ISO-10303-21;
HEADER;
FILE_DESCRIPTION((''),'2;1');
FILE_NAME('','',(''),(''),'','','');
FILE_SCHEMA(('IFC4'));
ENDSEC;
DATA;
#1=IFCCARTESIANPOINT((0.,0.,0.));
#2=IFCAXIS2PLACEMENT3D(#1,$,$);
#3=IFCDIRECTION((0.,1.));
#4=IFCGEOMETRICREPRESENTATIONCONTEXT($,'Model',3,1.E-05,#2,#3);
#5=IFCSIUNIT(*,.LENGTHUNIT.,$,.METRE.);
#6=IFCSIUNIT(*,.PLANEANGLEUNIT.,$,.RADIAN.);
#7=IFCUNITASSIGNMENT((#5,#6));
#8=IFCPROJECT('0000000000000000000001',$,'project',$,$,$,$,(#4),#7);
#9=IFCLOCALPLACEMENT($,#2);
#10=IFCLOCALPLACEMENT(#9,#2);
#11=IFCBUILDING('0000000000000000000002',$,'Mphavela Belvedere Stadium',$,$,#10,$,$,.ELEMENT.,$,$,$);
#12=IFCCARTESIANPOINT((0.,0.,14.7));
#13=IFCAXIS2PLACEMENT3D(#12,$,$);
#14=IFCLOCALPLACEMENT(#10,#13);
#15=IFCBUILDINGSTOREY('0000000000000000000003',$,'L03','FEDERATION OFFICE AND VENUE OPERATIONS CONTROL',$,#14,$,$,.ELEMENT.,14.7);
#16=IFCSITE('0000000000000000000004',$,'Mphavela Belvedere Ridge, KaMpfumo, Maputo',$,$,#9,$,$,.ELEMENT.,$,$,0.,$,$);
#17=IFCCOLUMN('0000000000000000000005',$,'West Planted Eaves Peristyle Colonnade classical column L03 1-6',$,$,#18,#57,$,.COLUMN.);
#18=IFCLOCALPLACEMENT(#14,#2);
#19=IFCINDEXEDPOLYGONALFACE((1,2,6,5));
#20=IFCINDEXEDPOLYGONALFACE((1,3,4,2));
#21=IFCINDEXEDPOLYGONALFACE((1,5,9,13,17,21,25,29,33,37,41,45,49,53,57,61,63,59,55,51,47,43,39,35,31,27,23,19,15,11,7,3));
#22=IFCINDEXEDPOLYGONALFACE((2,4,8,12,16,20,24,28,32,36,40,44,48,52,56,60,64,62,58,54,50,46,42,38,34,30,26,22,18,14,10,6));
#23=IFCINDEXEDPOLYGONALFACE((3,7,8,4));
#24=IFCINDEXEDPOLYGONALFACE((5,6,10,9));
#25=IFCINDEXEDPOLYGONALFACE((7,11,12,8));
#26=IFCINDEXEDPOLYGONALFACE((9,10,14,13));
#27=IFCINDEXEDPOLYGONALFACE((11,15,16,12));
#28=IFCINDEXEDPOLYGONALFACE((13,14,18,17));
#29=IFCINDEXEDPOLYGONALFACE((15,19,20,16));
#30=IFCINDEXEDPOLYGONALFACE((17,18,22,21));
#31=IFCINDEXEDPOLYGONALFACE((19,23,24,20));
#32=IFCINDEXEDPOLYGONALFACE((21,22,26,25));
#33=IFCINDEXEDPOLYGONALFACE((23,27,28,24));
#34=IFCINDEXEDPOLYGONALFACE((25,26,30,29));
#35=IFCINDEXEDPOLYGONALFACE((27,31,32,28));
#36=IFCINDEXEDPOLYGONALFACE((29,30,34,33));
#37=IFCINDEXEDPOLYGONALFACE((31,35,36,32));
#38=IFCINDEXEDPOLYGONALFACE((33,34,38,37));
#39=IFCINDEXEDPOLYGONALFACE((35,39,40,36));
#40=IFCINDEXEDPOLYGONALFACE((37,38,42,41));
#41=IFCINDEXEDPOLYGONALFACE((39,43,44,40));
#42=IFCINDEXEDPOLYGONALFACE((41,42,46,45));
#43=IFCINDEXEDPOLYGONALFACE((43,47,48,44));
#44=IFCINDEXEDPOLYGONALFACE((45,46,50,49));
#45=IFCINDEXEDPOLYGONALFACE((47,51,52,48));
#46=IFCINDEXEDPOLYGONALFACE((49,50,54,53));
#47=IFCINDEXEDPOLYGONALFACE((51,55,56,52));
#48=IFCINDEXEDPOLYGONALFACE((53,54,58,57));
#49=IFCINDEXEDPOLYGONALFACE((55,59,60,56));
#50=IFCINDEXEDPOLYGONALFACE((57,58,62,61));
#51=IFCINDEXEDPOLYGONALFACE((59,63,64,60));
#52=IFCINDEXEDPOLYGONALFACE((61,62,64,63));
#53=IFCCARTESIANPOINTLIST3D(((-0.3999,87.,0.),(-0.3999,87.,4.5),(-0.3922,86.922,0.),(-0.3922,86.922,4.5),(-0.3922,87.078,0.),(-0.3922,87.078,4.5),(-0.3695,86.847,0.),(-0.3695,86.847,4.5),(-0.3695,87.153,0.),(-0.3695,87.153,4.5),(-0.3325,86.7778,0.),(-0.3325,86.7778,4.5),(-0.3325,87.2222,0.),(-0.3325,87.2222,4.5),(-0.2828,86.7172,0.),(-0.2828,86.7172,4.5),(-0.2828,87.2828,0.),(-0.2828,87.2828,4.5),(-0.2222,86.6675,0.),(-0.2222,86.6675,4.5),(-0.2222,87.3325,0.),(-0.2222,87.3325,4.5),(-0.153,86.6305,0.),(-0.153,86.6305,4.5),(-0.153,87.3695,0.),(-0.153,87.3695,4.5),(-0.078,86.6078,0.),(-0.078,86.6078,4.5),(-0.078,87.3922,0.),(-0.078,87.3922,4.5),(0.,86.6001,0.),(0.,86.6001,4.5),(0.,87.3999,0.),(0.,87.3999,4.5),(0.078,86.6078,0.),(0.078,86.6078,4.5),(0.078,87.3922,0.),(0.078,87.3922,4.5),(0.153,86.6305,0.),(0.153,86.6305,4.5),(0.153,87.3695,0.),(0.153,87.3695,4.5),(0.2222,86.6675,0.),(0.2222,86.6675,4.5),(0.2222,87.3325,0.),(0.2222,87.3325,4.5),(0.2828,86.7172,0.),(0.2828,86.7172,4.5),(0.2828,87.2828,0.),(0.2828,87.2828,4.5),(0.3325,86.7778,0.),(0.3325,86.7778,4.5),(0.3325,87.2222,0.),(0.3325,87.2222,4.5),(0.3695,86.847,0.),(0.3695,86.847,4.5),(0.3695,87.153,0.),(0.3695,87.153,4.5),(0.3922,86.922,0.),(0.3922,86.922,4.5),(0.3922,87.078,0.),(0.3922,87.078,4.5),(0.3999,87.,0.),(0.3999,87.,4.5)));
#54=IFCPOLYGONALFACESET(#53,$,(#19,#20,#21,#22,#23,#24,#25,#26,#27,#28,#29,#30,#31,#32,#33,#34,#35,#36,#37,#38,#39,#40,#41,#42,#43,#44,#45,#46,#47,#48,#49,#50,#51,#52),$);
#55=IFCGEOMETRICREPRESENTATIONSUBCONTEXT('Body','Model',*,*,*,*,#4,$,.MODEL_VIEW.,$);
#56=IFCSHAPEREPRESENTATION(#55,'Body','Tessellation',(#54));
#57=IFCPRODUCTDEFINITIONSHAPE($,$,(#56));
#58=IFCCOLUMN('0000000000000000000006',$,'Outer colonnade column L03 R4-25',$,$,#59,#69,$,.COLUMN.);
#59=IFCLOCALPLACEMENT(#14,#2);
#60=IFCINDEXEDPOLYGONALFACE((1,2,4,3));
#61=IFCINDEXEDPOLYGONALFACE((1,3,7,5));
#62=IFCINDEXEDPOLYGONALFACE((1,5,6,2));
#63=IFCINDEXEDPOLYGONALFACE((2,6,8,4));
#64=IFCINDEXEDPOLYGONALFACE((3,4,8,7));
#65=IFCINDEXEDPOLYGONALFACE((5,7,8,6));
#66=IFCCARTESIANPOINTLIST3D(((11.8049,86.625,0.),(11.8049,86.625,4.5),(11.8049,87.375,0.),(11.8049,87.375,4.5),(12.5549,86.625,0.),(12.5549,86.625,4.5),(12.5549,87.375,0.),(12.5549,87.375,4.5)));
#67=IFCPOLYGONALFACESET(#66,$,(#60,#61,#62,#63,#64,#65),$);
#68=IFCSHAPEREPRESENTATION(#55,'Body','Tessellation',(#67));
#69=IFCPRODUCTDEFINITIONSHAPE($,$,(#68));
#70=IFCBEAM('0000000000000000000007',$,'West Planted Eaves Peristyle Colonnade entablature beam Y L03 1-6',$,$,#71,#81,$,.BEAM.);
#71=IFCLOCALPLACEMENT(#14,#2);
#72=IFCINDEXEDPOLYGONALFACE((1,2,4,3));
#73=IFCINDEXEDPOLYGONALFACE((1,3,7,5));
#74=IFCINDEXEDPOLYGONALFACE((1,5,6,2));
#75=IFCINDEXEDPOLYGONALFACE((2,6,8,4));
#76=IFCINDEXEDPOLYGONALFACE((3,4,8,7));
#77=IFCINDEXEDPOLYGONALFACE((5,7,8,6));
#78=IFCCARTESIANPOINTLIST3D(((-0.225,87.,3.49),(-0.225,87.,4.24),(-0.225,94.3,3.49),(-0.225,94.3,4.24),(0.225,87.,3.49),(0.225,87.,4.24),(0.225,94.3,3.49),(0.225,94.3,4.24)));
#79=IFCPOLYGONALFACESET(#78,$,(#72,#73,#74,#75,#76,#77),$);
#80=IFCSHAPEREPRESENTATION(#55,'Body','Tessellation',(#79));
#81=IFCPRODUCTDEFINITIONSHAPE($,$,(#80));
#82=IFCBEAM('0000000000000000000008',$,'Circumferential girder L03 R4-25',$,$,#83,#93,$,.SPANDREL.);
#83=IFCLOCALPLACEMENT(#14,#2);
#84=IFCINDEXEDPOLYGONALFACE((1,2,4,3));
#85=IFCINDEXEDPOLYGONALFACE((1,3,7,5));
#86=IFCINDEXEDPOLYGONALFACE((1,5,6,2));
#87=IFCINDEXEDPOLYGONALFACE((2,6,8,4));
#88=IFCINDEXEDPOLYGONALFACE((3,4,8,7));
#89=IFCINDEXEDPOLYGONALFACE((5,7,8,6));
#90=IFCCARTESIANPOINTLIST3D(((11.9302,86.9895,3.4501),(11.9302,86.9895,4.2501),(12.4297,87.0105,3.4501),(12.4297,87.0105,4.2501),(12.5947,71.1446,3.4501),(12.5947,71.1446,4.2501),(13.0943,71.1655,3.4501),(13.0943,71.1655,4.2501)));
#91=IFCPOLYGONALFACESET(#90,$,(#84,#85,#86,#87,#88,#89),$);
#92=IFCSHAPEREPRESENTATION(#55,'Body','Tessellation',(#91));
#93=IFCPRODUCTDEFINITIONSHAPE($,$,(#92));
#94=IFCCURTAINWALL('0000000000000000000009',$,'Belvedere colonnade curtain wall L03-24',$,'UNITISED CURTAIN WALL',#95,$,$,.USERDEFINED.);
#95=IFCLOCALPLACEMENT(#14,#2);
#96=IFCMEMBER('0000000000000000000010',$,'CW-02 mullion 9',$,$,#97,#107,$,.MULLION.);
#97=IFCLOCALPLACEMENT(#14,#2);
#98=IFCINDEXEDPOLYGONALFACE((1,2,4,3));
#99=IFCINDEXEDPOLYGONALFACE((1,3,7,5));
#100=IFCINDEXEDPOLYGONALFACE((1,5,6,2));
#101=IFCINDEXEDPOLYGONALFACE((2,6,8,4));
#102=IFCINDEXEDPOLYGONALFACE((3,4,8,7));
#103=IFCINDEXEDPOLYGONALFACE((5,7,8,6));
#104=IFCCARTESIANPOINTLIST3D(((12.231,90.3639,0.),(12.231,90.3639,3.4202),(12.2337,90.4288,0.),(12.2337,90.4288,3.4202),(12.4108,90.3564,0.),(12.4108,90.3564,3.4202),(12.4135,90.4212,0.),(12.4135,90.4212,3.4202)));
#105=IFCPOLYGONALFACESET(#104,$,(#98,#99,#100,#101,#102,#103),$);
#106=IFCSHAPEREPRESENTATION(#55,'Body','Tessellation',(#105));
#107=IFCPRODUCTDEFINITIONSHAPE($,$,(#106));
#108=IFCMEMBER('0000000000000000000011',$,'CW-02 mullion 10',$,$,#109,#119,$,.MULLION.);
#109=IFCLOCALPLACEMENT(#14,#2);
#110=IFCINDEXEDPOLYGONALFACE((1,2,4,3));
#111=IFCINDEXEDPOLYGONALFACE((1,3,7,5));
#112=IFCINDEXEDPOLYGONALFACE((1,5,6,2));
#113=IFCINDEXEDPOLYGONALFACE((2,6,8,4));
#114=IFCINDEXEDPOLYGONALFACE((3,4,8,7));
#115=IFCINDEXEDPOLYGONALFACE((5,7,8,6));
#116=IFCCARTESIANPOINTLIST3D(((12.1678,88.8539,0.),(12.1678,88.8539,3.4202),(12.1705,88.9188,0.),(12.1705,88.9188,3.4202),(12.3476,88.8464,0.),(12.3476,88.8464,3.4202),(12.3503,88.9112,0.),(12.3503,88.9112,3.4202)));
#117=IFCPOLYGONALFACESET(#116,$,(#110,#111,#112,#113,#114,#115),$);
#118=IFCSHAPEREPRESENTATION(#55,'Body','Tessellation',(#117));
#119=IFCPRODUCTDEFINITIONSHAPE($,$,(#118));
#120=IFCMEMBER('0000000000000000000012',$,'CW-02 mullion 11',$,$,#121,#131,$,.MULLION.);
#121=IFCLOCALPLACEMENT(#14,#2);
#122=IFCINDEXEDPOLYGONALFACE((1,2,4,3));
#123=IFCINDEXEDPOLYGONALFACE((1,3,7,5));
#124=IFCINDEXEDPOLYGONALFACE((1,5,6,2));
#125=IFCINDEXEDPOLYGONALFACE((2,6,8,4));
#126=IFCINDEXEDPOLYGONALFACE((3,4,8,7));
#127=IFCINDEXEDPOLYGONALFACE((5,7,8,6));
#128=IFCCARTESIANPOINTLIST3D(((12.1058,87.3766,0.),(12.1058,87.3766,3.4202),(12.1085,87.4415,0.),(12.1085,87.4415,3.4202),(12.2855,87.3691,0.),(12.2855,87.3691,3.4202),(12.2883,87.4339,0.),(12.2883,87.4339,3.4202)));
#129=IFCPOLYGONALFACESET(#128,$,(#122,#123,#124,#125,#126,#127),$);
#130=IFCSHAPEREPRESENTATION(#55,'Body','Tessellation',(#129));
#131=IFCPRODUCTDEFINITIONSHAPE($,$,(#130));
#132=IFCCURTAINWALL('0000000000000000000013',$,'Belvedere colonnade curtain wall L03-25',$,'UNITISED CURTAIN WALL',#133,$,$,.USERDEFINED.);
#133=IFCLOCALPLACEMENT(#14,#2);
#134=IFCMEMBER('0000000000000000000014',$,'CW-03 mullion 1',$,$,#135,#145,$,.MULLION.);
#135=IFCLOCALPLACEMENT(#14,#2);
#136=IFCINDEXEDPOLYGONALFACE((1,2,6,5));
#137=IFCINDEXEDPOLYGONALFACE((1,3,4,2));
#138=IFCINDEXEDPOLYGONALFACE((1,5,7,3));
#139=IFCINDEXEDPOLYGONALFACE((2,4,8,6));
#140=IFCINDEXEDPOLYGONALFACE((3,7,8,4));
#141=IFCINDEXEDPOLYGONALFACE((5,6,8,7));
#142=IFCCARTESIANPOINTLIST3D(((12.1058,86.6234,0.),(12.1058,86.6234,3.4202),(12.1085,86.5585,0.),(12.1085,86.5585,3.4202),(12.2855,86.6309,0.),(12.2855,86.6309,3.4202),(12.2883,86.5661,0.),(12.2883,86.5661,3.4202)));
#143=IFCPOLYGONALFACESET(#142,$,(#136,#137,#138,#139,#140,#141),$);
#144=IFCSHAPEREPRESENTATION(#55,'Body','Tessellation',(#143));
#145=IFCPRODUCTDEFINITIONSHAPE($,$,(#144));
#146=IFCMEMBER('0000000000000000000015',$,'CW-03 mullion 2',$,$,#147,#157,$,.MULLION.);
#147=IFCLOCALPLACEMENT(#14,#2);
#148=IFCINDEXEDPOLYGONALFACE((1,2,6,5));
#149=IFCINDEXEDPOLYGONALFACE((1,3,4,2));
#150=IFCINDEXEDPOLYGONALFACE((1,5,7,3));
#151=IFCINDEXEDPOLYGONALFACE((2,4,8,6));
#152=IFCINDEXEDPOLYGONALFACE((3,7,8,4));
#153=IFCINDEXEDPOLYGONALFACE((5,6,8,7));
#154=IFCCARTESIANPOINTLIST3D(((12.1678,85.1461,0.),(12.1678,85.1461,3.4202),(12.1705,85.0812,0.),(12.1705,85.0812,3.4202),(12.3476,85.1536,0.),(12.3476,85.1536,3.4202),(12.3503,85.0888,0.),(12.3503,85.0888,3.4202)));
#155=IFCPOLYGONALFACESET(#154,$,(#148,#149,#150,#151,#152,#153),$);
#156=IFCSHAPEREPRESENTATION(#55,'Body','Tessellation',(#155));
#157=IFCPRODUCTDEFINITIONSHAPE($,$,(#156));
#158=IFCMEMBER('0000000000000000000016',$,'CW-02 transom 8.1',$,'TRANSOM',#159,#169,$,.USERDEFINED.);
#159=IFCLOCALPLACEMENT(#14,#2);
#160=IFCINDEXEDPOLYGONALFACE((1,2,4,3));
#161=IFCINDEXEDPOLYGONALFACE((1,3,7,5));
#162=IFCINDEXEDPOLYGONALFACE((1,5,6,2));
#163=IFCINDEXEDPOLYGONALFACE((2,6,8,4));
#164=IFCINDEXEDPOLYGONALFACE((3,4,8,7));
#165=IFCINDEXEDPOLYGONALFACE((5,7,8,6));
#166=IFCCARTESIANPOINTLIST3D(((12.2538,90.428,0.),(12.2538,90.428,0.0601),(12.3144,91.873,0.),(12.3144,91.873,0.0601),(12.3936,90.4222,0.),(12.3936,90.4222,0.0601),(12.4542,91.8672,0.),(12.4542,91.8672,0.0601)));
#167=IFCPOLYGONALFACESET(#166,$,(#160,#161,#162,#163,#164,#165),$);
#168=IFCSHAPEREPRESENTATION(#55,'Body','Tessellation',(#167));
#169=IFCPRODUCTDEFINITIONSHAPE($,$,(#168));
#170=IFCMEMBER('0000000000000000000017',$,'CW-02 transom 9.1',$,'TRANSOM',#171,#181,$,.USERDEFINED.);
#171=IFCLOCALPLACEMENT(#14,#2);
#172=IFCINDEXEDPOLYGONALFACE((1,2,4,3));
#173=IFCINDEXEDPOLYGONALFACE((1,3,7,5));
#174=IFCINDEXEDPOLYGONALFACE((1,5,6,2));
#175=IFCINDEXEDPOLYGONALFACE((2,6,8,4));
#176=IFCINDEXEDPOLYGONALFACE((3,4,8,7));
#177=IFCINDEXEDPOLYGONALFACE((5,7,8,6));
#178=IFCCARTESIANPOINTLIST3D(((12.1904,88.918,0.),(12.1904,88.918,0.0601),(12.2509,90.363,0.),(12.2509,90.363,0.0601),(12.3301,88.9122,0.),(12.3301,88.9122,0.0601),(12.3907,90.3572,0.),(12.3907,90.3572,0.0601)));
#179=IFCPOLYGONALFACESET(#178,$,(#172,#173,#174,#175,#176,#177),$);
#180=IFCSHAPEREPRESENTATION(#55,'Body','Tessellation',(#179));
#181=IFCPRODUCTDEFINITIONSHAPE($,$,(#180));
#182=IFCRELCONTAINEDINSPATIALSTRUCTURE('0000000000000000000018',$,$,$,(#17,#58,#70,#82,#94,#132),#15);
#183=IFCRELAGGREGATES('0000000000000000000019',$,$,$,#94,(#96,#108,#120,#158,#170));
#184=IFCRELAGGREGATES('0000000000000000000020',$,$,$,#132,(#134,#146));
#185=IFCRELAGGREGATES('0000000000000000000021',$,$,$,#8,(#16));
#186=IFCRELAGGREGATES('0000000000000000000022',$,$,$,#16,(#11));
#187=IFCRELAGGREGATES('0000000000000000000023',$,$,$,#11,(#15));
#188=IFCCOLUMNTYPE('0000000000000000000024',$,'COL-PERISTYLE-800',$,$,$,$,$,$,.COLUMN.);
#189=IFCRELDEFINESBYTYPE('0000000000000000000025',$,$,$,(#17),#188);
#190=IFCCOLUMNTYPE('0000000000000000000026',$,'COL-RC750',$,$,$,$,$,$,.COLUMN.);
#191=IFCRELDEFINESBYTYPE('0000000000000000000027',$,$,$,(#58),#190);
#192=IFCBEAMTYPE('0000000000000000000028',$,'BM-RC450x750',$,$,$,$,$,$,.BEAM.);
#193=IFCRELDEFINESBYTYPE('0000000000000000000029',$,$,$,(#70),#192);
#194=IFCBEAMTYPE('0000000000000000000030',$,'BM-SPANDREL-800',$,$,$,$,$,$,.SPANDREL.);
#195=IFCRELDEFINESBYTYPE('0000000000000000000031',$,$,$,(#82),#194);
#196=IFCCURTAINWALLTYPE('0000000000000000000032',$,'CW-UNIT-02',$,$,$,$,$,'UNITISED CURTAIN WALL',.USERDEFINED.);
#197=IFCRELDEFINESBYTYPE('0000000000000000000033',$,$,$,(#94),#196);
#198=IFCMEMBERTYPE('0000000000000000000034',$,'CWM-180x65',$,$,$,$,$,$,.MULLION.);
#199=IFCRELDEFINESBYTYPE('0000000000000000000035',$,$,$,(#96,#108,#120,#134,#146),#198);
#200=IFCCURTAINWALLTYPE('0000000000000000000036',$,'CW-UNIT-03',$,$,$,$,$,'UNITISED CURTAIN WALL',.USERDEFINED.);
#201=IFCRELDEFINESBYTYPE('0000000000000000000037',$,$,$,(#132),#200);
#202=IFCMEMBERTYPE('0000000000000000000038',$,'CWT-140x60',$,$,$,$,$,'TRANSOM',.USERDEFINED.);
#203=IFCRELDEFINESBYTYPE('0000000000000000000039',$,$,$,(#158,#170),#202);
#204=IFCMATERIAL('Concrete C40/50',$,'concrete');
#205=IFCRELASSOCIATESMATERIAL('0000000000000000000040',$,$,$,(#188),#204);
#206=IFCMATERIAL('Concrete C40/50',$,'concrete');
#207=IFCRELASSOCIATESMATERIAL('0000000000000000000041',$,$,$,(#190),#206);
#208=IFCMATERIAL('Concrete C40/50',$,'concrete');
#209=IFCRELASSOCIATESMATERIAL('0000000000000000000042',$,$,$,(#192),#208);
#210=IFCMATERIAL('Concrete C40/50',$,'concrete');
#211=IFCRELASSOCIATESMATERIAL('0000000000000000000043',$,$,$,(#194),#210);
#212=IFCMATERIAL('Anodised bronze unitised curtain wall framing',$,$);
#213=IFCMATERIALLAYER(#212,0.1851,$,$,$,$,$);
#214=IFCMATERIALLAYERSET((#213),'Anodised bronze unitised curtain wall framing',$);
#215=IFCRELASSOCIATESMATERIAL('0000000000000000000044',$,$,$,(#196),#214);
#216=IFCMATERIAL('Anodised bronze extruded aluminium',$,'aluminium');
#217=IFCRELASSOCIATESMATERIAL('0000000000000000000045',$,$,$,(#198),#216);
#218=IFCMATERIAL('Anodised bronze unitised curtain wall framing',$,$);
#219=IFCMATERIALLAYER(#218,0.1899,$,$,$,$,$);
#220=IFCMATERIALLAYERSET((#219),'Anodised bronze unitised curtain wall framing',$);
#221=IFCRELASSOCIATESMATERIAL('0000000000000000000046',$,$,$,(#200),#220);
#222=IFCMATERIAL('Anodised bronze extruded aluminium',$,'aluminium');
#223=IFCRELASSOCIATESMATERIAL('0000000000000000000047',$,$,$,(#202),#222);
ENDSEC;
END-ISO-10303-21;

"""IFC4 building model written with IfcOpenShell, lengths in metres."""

from ifc_helpers import new_model, si_unit, direction, frame, origin, origin_2d, place, context, subcontext, project, spatial, rectangle, circle, extrude, material, layer, layer_set, material_profile, profile_set, type_object, element, aggregate, save


model = new_model("IFC4")

# Units and contexts
model_context = context("Model", 3, precision=1e-05, world=origin(), true_north=direction((0.0, 1.0)))
body_context = subcontext(model_context, "Body", "Model", "MODEL_VIEW")
ifc_project = project(units=[si_unit("LENGTHUNIT", "METRE"), si_unit("PLANEANGLEUNIT", "RADIAN")], contexts=[model_context])

# Site, building, storey
site_placement = place(None, origin())
site = spatial("IfcSite", under=ifc_project, at=site_placement, Name="Mphavela Belvedere Ridge, KaMpfumo, Maputo", CompositionType="ELEMENT", RefElevation=0.0)
building_placement = place(site_placement, origin())
building = spatial("IfcBuilding", under=site, at=building_placement, Name="Mphavela Belvedere Stadium", CompositionType="ELEMENT")
storey_placement = place(building_placement, frame((0.0, 0.0, 14.7)))
storey = spatial("IfcBuildingStorey", under=building, at=storey_placement, Name="L03", Description="FEDERATION OFFICE AND VENUE OPERATIONS CONTROL", CompositionType="ELEMENT", Elevation=14.7)

# Columns
ifc_material_1 = material(Name="Concrete C40/50", Category="concrete")
ifc_material_profile_1 = material_profile(ifc_material_1, circle(Radius=0.3999, at=origin_2d()), Name="COL D800")
ifc_profile_set_1 = profile_set([ifc_material_profile_1], Name="Concrete C40/50")
column_type_1 = type_object("IfcColumnType", Name="COL-PERISTYLE-800", PredefinedType="COLUMN", material=ifc_profile_set_1)
column_1_placement = place(storey_placement, frame((0.0, 87.0, 0.0), z_axis=(0.0, 0.0, 1.0), x_axis=(1.0, 0.0, 0.0)))
element("IfcColumn", 1, at=column_1_placement, inside=storey, type_object=column_type_1, Name="West Planted Eaves Peristyle Colonnade classical column L03 1-6", PredefinedType="COLUMN", context=body_context, shape_type="SweptSolid", body=[
    extrude(circle(Radius=0.3999, at=origin_2d()), origin(), (0.0, 0.0, 1.0), 4.5),
])
ifc_material_2 = material(Name="Concrete C40/50", Category="concrete")
ifc_material_profile_2 = material_profile(ifc_material_2, rectangle(XDim=0.75, YDim=0.75, at=origin_2d()), Name="RC 750x750")
ifc_profile_set_2 = profile_set([ifc_material_profile_2], Name="Concrete C40/50")
column_type_2 = type_object("IfcColumnType", Name="COL-RC750", PredefinedType="COLUMN", material=ifc_profile_set_2)
column_2_placement = place(storey_placement, frame((12.1799, 87.0, 0.0), z_axis=(0.0, 0.0, 1.0), x_axis=(-1.0, 0.0, 0.0)))
element("IfcColumn", 2, at=column_2_placement, inside=storey, type_object=column_type_2, Name="Outer colonnade column L03 R4-25", PredefinedType="COLUMN", context=body_context, shape_type="SweptSolid", body=[
    extrude(rectangle(XDim=0.75, YDim=0.75, at=origin_2d()), origin(), (0.0, 0.0, 1.0), 4.5),
])

# Beams
ifc_material_3 = material(Name="Concrete C40/50", Category="concrete")
ifc_material_profile_3 = material_profile(ifc_material_3, rectangle(XDim=0.45, YDim=0.75, at=origin_2d()), Name="RC 450x750")
ifc_profile_set_3 = profile_set([ifc_material_profile_3], Name="Concrete C40/50")
beam_type_1 = type_object("IfcBeamType", Name="BM-RC450x750", PredefinedType="BEAM", material=ifc_profile_set_3)
beam_1_placement = place(storey_placement, frame((0.0, 87.0, 3.865), z_axis=(0.0, 1.0, 0.0), x_axis=(-1.0, 0.0, 0.0)))
element("IfcBeam", 3, at=beam_1_placement, inside=storey, type_object=beam_type_1, Name="West Planted Eaves Peristyle Colonnade entablature beam Y L03 1-6", PredefinedType="BEAM", context=body_context, shape_type="SweptSolid", body=[
    extrude(rectangle(XDim=0.45, YDim=0.75, at=origin_2d()), origin(), (0.0, 0.0, 1.0), 7.3),
])
ifc_material_4 = material(Name="Concrete C40/50", Category="concrete")
ifc_material_profile_4 = material_profile(ifc_material_4, rectangle(XDim=0.5, YDim=0.8, at=origin_2d()), Name="RC 500x800")
ifc_profile_set_4 = profile_set([ifc_material_profile_4], Name="Concrete C40/50")
beam_type_2 = type_object("IfcBeamType", Name="BM-SPANDREL-800", PredefinedType="SPANDREL", material=ifc_profile_set_4)
beam_2_placement = place(storey_placement, frame((12.1799, 87.0, 3.8501), z_axis=(0.041904, -0.999122, 0.0), x_axis=(0.999122, 0.041904, 0.0)))
element("IfcBeam", 4, at=beam_2_placement, inside=storey, type_object=beam_type_2, Name="Circumferential girder L03 R4-25", PredefinedType="SPANDREL", context=body_context, shape_type="SweptSolid", body=[
    extrude(rectangle(XDim=0.5, YDim=0.8, at=origin_2d()), origin(), (0.0, 0.0, 1.0), 15.8589),
])

# Curtain walls, members
ifc_material_5 = material(Name="Anodised bronze unitised curtain wall framing")
ifc_layer_1 = layer(ifc_material_5, 0.1851)
ifc_layer_set_1 = layer_set([ifc_layer_1], Name="Anodised bronze unitised curtain wall framing")
curtain_wall_type_1 = type_object("IfcCurtainWallType", Name="CW-UNIT-02", ElementType="UNITISED CURTAIN WALL", PredefinedType="USERDEFINED", material=ifc_layer_set_1)
curtain_wall_1_placement = place(storey_placement, origin())
curtain_wall_1 = element("IfcCurtainWall", 5, at=curtain_wall_1_placement, inside=storey, type_object=curtain_wall_type_1, Name="Belvedere colonnade curtain wall L03-24", ObjectType="UNITISED CURTAIN WALL", PredefinedType="USERDEFINED")
ifc_material_6 = material(Name="Anodised bronze extruded aluminium", Category="aluminium")
ifc_material_profile_5 = material_profile(ifc_material_6, rectangle(XDim=0.1799, YDim=0.0649, at=origin_2d()), Name="CW-MUL 180x65")
ifc_profile_set_5 = profile_set([ifc_material_profile_5], Name="Anodised bronze extruded aluminium")
member_type_1 = type_object("IfcMemberType", Name="CWM-180x65", PredefinedType="MULLION", material=ifc_profile_set_5)
member_1_placement = place(storey_placement, frame((12.3223, 90.3926, 0.0), z_axis=(0.0, 0.0, 1.0), x_axis=(0.999121, -0.041911, 0.0)))
member_1 = element("IfcMember", 6, at=member_1_placement, type_object=member_type_1, Name="CW-02 mullion 9", PredefinedType="MULLION", context=body_context, shape_type="SweptSolid", body=[
    extrude(rectangle(XDim=0.1799, YDim=0.0649, at=origin_2d()), origin(), (0.0, 0.0, 1.0), 3.4202),
])
member_2_placement = place(storey_placement, frame((12.259, 88.8826, 0.0), z_axis=(0.0, 0.0, 1.0), x_axis=(0.999121, -0.041911, 0.0)))
member_2 = element("IfcMember", 7, at=member_2_placement, type_object=member_type_1, Name="CW-02 mullion 10", PredefinedType="MULLION", context=body_context, shape_type="SweptSolid", body=[
    extrude(rectangle(XDim=0.1799, YDim=0.0649, at=origin_2d()), origin(), (0.0, 0.0, 1.0), 3.4202),
])
member_3_placement = place(storey_placement, frame((12.197, 87.4053, 0.0), z_axis=(0.0, 0.0, 1.0), x_axis=(0.999121, -0.041911, 0.0)))
member_3 = element("IfcMember", 8, at=member_3_placement, type_object=member_type_1, Name="CW-02 mullion 11", PredefinedType="MULLION", context=body_context, shape_type="SweptSolid", body=[
    extrude(rectangle(XDim=0.1799, YDim=0.0649, at=origin_2d()), origin(), (0.0, 0.0, 1.0), 3.4202),
])
ifc_material_7 = material(Name="Anodised bronze unitised curtain wall framing")
ifc_layer_2 = layer(ifc_material_7, 0.1899)
ifc_layer_set_2 = layer_set([ifc_layer_2], Name="Anodised bronze unitised curtain wall framing")
curtain_wall_type_2 = type_object("IfcCurtainWallType", Name="CW-UNIT-03", ElementType="UNITISED CURTAIN WALL", PredefinedType="USERDEFINED", material=ifc_layer_set_2)
curtain_wall_2_placement = place(storey_placement, origin())
curtain_wall_2 = element("IfcCurtainWall", 9, at=curtain_wall_2_placement, inside=storey, type_object=curtain_wall_type_2, Name="Belvedere colonnade curtain wall L03-25", ObjectType="UNITISED CURTAIN WALL", PredefinedType="USERDEFINED")
member_4_placement = place(storey_placement, frame((12.197, 86.5947, 0.0), z_axis=(0.0, 0.0, 1.0), x_axis=(0.999121, 0.041911, 0.0)))
member_4 = element("IfcMember", 10, at=member_4_placement, type_object=member_type_1, Name="CW-03 mullion 1", PredefinedType="MULLION", context=body_context, shape_type="SweptSolid", body=[
    extrude(rectangle(XDim=0.1799, YDim=0.0649, at=origin_2d()), origin(), (0.0, 0.0, 1.0), 3.4202),
])
member_5_placement = place(storey_placement, frame((12.259, 85.1174, 0.0), z_axis=(0.0, 0.0, 1.0), x_axis=(0.999121, 0.041911, 0.0)))
member_5 = element("IfcMember", 11, at=member_5_placement, type_object=member_type_1, Name="CW-03 mullion 2", PredefinedType="MULLION", context=body_context, shape_type="SweptSolid", body=[
    extrude(rectangle(XDim=0.1799, YDim=0.0649, at=origin_2d()), origin(), (0.0, 0.0, 1.0), 3.4202),
])

# Members
ifc_material_8 = material(Name="Anodised bronze extruded aluminium", Category="aluminium")
ifc_material_profile_6 = material_profile(ifc_material_8, rectangle(XDim=0.1399, YDim=0.0601, at=origin_2d()), Name="CW-TRN 140x60")
ifc_profile_set_6 = profile_set([ifc_material_profile_6], Name="Anodised bronze extruded aluminium")
member_type_2 = type_object("IfcMemberType", Name="CWT-140x60", ElementType="TRANSOM", PredefinedType="USERDEFINED", material=ifc_profile_set_6)
member_6_placement = place(storey_placement, frame((12.3843, 91.8701, 0.03), z_axis=(-0.041862, -0.999123, 0.0), x_axis=(0.999123, -0.041862, 0.0)))
member_6 = element("IfcMember", 12, at=member_6_placement, type_object=member_type_2, Name="CW-02 transom 8.1", ObjectType="TRANSOM", PredefinedType="USERDEFINED", context=body_context, shape_type="SweptSolid", body=[
    extrude(rectangle(XDim=0.1399, YDim=0.0601, at=origin_2d()), origin(), (0.0, 0.0, 1.0), 1.4463),
])
member_7_placement = place(storey_placement, frame((12.3208, 90.3601, 0.03), z_axis=(-0.041862, -0.999123, 0.0), x_axis=(0.999123, -0.041862, 0.0)))
member_7 = element("IfcMember", 13, at=member_7_placement, type_object=member_type_2, Name="CW-02 transom 9.1", ObjectType="TRANSOM", PredefinedType="USERDEFINED", context=body_context, shape_type="SweptSolid", body=[
    extrude(rectangle(XDim=0.1399, YDim=0.0601, at=origin_2d()), origin(), (0.0, 0.0, 1.0), 1.4463),
])

aggregate(curtain_wall_1, [member_1, member_2, member_3, member_6, member_7])
aggregate(curtain_wall_2, [member_4, member_5])

save(model, "model.ifc")
